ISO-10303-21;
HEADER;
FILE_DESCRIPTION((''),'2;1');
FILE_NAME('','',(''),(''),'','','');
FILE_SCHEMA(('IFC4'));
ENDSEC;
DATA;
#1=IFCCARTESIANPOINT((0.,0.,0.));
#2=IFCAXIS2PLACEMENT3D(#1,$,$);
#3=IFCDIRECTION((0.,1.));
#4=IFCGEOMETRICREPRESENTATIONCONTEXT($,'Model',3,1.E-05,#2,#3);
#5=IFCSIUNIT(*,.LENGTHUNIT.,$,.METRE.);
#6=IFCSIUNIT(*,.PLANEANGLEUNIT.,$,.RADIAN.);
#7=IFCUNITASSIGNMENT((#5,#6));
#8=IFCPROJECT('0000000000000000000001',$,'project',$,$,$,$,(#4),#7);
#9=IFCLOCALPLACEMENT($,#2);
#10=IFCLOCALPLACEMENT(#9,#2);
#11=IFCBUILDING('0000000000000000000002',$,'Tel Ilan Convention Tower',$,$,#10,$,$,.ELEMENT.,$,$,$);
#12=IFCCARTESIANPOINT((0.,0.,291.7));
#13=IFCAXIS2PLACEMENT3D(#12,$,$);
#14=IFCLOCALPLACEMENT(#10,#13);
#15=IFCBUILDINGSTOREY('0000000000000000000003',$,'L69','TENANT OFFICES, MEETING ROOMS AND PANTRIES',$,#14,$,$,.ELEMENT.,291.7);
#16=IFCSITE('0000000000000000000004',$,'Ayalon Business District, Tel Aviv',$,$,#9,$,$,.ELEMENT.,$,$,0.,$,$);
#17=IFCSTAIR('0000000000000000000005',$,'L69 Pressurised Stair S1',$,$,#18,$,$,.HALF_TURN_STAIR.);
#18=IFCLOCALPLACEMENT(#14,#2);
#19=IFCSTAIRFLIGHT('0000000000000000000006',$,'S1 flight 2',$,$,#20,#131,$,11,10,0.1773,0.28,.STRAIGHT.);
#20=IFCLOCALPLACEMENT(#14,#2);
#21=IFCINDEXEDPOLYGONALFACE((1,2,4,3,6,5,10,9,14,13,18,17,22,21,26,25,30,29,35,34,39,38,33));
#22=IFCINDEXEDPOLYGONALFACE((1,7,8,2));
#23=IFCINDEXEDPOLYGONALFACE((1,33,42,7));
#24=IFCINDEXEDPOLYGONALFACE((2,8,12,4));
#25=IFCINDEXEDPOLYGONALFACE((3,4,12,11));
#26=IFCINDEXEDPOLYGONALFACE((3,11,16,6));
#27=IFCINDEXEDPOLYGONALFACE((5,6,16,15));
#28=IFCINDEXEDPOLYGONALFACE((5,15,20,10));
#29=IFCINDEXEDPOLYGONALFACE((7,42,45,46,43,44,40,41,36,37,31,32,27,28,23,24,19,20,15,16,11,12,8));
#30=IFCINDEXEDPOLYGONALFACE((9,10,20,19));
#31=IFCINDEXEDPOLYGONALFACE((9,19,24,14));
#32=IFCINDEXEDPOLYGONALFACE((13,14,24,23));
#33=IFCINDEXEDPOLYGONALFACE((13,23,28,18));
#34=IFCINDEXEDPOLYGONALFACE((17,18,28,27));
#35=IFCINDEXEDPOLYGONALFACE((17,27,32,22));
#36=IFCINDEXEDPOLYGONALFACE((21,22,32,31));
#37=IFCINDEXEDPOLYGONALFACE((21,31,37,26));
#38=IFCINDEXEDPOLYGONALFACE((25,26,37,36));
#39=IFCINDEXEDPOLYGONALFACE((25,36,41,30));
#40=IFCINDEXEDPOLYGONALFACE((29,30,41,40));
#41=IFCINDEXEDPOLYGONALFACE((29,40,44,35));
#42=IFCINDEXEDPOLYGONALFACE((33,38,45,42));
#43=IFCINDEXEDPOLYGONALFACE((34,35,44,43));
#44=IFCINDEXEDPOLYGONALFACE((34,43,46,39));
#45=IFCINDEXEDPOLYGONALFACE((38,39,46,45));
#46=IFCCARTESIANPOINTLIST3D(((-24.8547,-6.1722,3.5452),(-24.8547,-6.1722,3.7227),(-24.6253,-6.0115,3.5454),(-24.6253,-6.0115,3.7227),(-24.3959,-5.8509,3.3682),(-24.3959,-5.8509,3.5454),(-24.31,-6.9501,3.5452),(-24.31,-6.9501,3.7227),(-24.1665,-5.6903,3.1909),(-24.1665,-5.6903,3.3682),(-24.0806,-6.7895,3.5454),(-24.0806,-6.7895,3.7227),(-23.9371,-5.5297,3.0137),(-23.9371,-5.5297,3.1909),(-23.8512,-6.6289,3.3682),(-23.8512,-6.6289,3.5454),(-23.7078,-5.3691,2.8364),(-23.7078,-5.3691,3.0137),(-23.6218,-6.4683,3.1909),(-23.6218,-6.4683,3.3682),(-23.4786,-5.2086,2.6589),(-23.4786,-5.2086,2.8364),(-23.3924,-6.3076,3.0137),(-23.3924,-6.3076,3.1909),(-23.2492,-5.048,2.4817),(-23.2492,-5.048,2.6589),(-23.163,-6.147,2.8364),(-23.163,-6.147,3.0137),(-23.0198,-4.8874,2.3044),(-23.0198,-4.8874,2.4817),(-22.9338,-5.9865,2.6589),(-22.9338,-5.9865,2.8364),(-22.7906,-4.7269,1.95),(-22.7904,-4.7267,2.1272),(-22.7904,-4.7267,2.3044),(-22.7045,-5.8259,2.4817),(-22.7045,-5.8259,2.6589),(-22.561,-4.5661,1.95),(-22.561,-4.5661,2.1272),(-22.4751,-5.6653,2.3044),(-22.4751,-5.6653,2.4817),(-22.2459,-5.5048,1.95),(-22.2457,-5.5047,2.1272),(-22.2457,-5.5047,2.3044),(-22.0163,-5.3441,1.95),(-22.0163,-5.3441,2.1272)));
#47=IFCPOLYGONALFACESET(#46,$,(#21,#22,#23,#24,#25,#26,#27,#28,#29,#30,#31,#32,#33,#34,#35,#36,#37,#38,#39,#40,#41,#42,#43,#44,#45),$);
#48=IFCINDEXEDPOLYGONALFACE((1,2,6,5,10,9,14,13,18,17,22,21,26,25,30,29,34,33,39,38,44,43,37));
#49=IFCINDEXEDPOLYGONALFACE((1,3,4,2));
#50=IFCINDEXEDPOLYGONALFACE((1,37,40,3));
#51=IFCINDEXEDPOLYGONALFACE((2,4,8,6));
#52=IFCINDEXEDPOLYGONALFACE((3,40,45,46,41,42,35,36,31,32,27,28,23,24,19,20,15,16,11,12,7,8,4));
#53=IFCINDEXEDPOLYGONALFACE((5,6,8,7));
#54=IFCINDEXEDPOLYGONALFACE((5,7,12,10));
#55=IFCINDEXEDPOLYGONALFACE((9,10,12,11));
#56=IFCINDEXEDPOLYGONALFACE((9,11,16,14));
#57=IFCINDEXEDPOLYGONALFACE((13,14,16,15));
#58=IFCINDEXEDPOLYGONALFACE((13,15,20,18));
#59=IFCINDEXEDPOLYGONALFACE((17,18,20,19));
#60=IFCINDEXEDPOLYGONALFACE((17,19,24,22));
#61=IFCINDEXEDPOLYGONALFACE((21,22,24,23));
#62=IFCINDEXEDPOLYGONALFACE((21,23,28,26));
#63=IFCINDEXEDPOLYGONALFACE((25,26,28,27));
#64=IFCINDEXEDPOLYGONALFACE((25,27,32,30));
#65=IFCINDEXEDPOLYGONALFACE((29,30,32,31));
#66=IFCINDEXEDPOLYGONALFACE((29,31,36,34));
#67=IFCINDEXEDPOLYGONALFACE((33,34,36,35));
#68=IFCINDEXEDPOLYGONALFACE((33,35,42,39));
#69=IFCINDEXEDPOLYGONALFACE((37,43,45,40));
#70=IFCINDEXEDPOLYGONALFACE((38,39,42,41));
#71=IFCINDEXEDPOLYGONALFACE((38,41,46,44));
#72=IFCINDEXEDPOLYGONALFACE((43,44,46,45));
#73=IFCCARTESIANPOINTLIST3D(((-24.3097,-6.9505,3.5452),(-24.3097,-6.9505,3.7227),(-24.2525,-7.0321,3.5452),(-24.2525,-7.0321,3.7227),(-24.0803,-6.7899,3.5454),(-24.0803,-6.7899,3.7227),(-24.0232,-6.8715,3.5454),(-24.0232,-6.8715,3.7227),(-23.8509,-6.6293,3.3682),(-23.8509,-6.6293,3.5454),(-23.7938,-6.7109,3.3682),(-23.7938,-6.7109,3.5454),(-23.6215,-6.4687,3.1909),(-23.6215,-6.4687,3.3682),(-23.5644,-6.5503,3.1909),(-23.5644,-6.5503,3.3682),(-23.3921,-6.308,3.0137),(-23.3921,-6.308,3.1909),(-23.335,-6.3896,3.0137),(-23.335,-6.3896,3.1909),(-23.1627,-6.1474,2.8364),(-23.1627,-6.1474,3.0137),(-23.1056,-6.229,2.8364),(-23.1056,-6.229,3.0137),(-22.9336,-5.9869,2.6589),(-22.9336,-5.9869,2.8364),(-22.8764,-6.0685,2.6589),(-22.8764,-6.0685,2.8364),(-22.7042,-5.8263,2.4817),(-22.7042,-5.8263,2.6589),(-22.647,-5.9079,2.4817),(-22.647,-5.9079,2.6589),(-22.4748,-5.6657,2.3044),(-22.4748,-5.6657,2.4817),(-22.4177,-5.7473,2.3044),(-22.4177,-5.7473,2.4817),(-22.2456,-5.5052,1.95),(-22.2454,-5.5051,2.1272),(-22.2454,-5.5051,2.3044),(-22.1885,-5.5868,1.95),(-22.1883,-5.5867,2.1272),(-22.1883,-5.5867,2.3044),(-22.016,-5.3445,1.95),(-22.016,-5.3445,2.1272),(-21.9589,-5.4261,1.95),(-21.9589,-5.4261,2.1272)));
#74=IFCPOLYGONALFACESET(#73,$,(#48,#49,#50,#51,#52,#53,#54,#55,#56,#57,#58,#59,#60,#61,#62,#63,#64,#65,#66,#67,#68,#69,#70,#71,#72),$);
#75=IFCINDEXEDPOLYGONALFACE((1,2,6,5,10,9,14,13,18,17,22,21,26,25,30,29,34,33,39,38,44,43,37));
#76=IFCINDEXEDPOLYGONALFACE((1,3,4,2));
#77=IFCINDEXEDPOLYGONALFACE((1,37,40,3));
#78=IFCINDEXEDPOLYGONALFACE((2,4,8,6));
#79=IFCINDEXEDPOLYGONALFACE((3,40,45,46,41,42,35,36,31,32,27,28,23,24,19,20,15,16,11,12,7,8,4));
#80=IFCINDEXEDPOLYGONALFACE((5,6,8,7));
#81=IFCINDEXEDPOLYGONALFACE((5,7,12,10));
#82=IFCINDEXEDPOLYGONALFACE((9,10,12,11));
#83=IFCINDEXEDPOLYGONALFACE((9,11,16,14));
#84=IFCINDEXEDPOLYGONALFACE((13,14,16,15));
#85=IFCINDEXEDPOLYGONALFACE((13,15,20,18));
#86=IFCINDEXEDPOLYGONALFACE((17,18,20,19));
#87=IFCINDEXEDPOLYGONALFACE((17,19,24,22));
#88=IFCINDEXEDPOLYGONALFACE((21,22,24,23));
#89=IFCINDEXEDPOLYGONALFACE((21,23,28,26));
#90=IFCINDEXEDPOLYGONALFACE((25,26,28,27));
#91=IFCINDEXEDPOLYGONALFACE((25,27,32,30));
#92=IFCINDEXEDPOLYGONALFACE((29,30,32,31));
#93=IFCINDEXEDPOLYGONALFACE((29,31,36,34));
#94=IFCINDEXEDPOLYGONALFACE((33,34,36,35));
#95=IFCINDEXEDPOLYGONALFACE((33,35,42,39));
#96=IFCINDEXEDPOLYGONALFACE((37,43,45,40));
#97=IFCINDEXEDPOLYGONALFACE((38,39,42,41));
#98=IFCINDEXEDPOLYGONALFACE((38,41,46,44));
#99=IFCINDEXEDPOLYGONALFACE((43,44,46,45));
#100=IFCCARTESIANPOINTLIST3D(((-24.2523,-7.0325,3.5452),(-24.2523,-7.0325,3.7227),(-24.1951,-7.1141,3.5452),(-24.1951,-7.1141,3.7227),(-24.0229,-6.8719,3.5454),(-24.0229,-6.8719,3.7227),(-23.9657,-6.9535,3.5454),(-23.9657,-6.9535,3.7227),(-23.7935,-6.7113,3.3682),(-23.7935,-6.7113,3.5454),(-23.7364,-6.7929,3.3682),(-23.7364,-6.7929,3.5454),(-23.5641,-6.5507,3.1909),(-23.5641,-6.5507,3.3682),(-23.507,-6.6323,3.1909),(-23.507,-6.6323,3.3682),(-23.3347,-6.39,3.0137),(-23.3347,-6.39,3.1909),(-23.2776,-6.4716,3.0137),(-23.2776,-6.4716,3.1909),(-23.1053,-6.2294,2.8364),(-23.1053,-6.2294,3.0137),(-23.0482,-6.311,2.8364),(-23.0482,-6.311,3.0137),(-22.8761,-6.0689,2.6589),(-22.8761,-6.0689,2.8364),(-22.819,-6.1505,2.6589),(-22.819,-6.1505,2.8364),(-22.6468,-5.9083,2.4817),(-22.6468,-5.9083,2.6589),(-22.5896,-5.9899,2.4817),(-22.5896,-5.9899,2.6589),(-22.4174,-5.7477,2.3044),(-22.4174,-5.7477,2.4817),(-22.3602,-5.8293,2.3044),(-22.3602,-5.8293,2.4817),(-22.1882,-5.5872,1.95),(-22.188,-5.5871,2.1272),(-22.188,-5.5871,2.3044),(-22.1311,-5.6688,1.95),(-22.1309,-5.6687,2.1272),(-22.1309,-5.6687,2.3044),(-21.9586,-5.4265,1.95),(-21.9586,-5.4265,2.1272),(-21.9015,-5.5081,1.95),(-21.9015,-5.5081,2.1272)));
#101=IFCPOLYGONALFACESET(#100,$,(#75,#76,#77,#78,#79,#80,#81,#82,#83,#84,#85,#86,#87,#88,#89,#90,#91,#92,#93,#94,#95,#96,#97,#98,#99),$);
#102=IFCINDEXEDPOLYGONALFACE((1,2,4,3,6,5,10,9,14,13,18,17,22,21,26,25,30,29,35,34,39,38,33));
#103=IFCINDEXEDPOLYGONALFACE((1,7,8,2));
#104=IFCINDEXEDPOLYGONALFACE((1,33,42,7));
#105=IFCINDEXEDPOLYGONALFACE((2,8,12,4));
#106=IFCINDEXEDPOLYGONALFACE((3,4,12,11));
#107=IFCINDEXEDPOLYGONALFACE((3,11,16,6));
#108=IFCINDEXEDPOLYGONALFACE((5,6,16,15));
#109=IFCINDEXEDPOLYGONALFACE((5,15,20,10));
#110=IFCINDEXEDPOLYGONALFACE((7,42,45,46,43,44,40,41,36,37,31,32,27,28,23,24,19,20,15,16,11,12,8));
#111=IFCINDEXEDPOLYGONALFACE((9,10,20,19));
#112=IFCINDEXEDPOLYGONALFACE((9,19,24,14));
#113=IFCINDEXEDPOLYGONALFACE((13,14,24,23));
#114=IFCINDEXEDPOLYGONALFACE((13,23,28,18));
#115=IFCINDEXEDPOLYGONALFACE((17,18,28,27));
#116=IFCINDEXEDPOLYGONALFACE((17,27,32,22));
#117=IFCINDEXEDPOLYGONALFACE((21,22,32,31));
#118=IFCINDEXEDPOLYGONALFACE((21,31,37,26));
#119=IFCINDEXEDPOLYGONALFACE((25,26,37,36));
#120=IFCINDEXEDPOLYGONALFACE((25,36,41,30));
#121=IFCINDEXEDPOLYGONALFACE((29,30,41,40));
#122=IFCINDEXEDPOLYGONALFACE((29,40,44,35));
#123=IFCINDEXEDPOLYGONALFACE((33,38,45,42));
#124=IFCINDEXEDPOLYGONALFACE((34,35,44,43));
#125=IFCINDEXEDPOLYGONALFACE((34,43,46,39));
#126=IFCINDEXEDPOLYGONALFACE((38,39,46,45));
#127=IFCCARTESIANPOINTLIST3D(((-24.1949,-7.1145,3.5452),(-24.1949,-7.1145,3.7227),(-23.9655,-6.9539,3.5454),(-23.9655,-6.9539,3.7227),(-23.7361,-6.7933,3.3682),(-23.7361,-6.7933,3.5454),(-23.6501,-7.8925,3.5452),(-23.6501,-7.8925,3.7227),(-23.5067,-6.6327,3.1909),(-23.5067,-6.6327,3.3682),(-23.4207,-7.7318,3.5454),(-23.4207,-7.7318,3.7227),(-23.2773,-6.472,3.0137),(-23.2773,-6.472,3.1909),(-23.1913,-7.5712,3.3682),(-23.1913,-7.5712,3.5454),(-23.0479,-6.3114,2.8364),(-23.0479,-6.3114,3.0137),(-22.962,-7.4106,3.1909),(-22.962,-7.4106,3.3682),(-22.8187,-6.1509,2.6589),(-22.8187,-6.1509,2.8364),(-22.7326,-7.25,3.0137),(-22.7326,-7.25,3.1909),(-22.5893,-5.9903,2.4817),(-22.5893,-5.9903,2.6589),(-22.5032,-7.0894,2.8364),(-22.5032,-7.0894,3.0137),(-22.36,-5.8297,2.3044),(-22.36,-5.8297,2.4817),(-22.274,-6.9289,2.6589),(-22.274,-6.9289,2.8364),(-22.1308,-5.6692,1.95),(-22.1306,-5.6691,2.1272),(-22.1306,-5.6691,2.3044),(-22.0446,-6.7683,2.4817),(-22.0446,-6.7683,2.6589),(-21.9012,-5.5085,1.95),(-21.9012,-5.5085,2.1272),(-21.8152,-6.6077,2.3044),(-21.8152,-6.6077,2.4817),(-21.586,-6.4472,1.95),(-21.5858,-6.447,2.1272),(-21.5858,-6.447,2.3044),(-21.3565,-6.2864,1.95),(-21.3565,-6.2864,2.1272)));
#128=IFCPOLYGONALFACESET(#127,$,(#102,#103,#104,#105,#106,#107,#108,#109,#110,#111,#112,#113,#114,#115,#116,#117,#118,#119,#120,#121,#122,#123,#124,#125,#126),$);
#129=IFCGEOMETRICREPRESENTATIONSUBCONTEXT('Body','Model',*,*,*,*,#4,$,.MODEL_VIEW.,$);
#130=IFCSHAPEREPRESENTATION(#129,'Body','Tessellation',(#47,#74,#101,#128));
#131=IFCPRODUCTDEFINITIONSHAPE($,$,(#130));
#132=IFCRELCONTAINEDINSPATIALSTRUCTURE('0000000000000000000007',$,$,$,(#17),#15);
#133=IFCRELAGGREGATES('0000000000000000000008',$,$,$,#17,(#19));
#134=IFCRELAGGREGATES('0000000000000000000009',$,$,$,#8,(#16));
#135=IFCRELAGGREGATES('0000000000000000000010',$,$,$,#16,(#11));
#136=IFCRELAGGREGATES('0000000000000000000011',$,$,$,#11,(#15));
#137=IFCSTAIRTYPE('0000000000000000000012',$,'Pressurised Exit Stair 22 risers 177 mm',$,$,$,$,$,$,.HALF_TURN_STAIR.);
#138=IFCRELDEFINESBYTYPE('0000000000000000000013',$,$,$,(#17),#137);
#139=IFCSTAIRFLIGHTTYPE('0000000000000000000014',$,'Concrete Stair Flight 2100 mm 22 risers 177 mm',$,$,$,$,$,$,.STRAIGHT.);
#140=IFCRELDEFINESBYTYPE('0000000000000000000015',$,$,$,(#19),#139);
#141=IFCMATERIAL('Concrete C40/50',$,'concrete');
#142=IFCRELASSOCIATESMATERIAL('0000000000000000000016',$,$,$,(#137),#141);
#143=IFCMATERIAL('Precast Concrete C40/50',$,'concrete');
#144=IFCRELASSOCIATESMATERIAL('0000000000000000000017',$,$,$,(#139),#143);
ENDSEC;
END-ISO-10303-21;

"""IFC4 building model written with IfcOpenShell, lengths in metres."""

from ifc_helpers import new_model, si_unit, direction, frame, origin, place, context, subcontext, project, spatial, polyline, outline, extrude, material, type_object, element, aggregate, save


model = new_model("IFC4")

# Units and contexts
model_context = context("Model", 3, precision=1e-05, world=origin(), true_north=direction((0.0, 1.0)))
body_context = subcontext(model_context, "Body", "Model", "MODEL_VIEW")
ifc_project = project(units=[si_unit("LENGTHUNIT", "METRE"), si_unit("PLANEANGLEUNIT", "RADIAN")], contexts=[model_context])

# Site, building, storey
site_placement = place(None, origin())
site = spatial("IfcSite", under=ifc_project, at=site_placement, Name="Ayalon Business District, Tel Aviv", CompositionType="ELEMENT", RefElevation=0.0)
building_placement = place(site_placement, origin())
building = spatial("IfcBuilding", under=site, at=building_placement, Name="Tel Ilan Convention Tower", CompositionType="ELEMENT")
storey_placement = place(building_placement, frame((0.0, 0.0, 291.7)))
storey = spatial("IfcBuildingStorey", under=building, at=storey_placement, Name="L69", Description="TENANT OFFICES, MEETING ROOMS AND PANTRIES", CompositionType="ELEMENT", Elevation=291.7)

# Stair, stair flight
ifc_material_1 = material(Name="Concrete C40/50", Category="concrete")
stair_type = type_object("IfcStairType", Name="Pressurised Exit Stair 22 risers 177 mm", PredefinedType="HALF_TURN_STAIR", material=ifc_material_1)
stair_1_placement = place(storey_placement, origin())
stair_1 = element("IfcStair", 1, at=stair_1_placement, inside=storey, type_object=stair_type, Name="L69 Pressurised Stair S1", PredefinedType="HALF_TURN_STAIR")
ifc_material_2 = material(Name="Precast Concrete C40/50", Category="concrete")
stair_flight_type = type_object("IfcStairFlightType", Name="Concrete Stair Flight 2100 mm 22 risers 177 mm", PredefinedType="STRAIGHT", material=ifc_material_2)
stair_flight_1_placement = place(storey_placement, frame((-21.9587, -5.4263, 1.95), z_axis=(0.0, 0.0, 1.0), x_axis=(-0.819152, -0.573576, 0.0)))
stair_flight_1 = element("IfcStairFlight", 2, at=stair_flight_1_placement, type_object=stair_flight_type, Name="S1 flight 2", NumberOfRisers=11, NumberOfTreads=10, PredefinedType="STRAIGHT", RiserHeight=0.1773, TreadLength=0.28, context=body_context, shape_type="SweptSolid", body=[
    extrude(outline(polyline([(0.0, 0.0), (0.0, 0.1772), (0.28, 0.1772), (0.28, 0.3545), (0.5601, 0.3545), (0.5601, 0.5317), (0.8401, 0.5317), (0.8401, 0.709), (1.1201, 0.709), (1.1201, 0.8865), (1.3999, 0.8865), (1.3999, 1.0637), (1.6799, 1.0637), (1.6799, 1.241), (1.96, 1.241), (1.96, 1.4182), (2.24, 1.4182), (2.24, 1.5955), (2.52, 1.5955), (2.52, 1.7727), (2.8, 1.7727), (2.8, 1.95), (2.8, 1.5952), (0.2803, 0.0), (0.0, 0.0)])), frame((0.0, -0.1003, 0.0), z_axis=(0.0, -1.0, 0.0), x_axis=(1.0, 0.0, 0.0)), (0.0, 0.0, 1.0), 0.9497),
    extrude(outline(polyline([(0.0, 0.0), (0.0, 0.1772), (0.28, 0.1772), (0.28, 0.3545), (0.5601, 0.3545), (0.5601, 0.5317), (0.8401, 0.5317), (0.8401, 0.709), (1.1201, 0.709), (1.1201, 0.8865), (1.3999, 0.8865), (1.3999, 1.0637), (1.6799, 1.0637), (1.6799, 1.241), (1.96, 1.241), (1.96, 1.4182), (2.24, 1.4182), (2.24, 1.5955), (2.52, 1.5955), (2.52, 1.7727), (2.8, 1.7727), (2.8, 1.95), (2.8, 1.5952), (0.2803, 0.0), (0.0, 0.0)])), frame((0.0, -0.0002, 0.0), z_axis=(0.0, -1.0, 0.0), x_axis=(1.0, 0.0, 0.0)), (0.0, 0.0, 1.0), 0.0996),
    extrude(outline(polyline([(0.0, 0.0), (0.0, 0.1772), (0.28, 0.1772), (0.28, 0.3545), (0.5601, 0.3545), (0.5601, 0.5317), (0.8401, 0.5317), (0.8401, 0.709), (1.1201, 0.709), (1.1201, 0.8865), (1.3999, 0.8865), (1.3999, 1.0637), (1.6799, 1.0637), (1.6799, 1.241), (1.96, 1.241), (1.96, 1.4182), (2.24, 1.4182), (2.24, 1.5955), (2.52, 1.5955), (2.52, 1.7727), (2.8, 1.7727), (2.8, 1.95), (2.8, 1.5952), (0.2803, 0.0), (0.0, 0.0)])), frame((0.0, 0.0999, 0.0), z_axis=(0.0, -1.0, 0.0), x_axis=(1.0, 0.0, 0.0)), (0.0, 0.0, 1.0), 0.0996),
    extrude(outline(polyline([(0.0, 0.0), (0.0, 0.1772), (0.28, 0.1772), (0.28, 0.3545), (0.5601, 0.3545), (0.5601, 0.5317), (0.8401, 0.5317), (0.8401, 0.709), (1.1201, 0.709), (1.1201, 0.8865), (1.3999, 0.8865), (1.3999, 1.0637), (1.6799, 1.0637), (1.6799, 1.241), (1.96, 1.241), (1.96, 1.4182), (2.24, 1.4182), (2.24, 1.5955), (2.52, 1.5955), (2.52, 1.7727), (2.8, 1.7727), (2.8, 1.95), (2.8, 1.5952), (0.2803, 0.0), (0.0, 0.0)])), frame((0.0, 1.05, 0.0), z_axis=(0.0, -1.0, 0.0), x_axis=(1.0, 0.0, 0.0)), (0.0, 0.0, 1.0), 0.9497),
])
aggregate(stair_1, [stair_flight_1])

save(model, "model.ifc")
